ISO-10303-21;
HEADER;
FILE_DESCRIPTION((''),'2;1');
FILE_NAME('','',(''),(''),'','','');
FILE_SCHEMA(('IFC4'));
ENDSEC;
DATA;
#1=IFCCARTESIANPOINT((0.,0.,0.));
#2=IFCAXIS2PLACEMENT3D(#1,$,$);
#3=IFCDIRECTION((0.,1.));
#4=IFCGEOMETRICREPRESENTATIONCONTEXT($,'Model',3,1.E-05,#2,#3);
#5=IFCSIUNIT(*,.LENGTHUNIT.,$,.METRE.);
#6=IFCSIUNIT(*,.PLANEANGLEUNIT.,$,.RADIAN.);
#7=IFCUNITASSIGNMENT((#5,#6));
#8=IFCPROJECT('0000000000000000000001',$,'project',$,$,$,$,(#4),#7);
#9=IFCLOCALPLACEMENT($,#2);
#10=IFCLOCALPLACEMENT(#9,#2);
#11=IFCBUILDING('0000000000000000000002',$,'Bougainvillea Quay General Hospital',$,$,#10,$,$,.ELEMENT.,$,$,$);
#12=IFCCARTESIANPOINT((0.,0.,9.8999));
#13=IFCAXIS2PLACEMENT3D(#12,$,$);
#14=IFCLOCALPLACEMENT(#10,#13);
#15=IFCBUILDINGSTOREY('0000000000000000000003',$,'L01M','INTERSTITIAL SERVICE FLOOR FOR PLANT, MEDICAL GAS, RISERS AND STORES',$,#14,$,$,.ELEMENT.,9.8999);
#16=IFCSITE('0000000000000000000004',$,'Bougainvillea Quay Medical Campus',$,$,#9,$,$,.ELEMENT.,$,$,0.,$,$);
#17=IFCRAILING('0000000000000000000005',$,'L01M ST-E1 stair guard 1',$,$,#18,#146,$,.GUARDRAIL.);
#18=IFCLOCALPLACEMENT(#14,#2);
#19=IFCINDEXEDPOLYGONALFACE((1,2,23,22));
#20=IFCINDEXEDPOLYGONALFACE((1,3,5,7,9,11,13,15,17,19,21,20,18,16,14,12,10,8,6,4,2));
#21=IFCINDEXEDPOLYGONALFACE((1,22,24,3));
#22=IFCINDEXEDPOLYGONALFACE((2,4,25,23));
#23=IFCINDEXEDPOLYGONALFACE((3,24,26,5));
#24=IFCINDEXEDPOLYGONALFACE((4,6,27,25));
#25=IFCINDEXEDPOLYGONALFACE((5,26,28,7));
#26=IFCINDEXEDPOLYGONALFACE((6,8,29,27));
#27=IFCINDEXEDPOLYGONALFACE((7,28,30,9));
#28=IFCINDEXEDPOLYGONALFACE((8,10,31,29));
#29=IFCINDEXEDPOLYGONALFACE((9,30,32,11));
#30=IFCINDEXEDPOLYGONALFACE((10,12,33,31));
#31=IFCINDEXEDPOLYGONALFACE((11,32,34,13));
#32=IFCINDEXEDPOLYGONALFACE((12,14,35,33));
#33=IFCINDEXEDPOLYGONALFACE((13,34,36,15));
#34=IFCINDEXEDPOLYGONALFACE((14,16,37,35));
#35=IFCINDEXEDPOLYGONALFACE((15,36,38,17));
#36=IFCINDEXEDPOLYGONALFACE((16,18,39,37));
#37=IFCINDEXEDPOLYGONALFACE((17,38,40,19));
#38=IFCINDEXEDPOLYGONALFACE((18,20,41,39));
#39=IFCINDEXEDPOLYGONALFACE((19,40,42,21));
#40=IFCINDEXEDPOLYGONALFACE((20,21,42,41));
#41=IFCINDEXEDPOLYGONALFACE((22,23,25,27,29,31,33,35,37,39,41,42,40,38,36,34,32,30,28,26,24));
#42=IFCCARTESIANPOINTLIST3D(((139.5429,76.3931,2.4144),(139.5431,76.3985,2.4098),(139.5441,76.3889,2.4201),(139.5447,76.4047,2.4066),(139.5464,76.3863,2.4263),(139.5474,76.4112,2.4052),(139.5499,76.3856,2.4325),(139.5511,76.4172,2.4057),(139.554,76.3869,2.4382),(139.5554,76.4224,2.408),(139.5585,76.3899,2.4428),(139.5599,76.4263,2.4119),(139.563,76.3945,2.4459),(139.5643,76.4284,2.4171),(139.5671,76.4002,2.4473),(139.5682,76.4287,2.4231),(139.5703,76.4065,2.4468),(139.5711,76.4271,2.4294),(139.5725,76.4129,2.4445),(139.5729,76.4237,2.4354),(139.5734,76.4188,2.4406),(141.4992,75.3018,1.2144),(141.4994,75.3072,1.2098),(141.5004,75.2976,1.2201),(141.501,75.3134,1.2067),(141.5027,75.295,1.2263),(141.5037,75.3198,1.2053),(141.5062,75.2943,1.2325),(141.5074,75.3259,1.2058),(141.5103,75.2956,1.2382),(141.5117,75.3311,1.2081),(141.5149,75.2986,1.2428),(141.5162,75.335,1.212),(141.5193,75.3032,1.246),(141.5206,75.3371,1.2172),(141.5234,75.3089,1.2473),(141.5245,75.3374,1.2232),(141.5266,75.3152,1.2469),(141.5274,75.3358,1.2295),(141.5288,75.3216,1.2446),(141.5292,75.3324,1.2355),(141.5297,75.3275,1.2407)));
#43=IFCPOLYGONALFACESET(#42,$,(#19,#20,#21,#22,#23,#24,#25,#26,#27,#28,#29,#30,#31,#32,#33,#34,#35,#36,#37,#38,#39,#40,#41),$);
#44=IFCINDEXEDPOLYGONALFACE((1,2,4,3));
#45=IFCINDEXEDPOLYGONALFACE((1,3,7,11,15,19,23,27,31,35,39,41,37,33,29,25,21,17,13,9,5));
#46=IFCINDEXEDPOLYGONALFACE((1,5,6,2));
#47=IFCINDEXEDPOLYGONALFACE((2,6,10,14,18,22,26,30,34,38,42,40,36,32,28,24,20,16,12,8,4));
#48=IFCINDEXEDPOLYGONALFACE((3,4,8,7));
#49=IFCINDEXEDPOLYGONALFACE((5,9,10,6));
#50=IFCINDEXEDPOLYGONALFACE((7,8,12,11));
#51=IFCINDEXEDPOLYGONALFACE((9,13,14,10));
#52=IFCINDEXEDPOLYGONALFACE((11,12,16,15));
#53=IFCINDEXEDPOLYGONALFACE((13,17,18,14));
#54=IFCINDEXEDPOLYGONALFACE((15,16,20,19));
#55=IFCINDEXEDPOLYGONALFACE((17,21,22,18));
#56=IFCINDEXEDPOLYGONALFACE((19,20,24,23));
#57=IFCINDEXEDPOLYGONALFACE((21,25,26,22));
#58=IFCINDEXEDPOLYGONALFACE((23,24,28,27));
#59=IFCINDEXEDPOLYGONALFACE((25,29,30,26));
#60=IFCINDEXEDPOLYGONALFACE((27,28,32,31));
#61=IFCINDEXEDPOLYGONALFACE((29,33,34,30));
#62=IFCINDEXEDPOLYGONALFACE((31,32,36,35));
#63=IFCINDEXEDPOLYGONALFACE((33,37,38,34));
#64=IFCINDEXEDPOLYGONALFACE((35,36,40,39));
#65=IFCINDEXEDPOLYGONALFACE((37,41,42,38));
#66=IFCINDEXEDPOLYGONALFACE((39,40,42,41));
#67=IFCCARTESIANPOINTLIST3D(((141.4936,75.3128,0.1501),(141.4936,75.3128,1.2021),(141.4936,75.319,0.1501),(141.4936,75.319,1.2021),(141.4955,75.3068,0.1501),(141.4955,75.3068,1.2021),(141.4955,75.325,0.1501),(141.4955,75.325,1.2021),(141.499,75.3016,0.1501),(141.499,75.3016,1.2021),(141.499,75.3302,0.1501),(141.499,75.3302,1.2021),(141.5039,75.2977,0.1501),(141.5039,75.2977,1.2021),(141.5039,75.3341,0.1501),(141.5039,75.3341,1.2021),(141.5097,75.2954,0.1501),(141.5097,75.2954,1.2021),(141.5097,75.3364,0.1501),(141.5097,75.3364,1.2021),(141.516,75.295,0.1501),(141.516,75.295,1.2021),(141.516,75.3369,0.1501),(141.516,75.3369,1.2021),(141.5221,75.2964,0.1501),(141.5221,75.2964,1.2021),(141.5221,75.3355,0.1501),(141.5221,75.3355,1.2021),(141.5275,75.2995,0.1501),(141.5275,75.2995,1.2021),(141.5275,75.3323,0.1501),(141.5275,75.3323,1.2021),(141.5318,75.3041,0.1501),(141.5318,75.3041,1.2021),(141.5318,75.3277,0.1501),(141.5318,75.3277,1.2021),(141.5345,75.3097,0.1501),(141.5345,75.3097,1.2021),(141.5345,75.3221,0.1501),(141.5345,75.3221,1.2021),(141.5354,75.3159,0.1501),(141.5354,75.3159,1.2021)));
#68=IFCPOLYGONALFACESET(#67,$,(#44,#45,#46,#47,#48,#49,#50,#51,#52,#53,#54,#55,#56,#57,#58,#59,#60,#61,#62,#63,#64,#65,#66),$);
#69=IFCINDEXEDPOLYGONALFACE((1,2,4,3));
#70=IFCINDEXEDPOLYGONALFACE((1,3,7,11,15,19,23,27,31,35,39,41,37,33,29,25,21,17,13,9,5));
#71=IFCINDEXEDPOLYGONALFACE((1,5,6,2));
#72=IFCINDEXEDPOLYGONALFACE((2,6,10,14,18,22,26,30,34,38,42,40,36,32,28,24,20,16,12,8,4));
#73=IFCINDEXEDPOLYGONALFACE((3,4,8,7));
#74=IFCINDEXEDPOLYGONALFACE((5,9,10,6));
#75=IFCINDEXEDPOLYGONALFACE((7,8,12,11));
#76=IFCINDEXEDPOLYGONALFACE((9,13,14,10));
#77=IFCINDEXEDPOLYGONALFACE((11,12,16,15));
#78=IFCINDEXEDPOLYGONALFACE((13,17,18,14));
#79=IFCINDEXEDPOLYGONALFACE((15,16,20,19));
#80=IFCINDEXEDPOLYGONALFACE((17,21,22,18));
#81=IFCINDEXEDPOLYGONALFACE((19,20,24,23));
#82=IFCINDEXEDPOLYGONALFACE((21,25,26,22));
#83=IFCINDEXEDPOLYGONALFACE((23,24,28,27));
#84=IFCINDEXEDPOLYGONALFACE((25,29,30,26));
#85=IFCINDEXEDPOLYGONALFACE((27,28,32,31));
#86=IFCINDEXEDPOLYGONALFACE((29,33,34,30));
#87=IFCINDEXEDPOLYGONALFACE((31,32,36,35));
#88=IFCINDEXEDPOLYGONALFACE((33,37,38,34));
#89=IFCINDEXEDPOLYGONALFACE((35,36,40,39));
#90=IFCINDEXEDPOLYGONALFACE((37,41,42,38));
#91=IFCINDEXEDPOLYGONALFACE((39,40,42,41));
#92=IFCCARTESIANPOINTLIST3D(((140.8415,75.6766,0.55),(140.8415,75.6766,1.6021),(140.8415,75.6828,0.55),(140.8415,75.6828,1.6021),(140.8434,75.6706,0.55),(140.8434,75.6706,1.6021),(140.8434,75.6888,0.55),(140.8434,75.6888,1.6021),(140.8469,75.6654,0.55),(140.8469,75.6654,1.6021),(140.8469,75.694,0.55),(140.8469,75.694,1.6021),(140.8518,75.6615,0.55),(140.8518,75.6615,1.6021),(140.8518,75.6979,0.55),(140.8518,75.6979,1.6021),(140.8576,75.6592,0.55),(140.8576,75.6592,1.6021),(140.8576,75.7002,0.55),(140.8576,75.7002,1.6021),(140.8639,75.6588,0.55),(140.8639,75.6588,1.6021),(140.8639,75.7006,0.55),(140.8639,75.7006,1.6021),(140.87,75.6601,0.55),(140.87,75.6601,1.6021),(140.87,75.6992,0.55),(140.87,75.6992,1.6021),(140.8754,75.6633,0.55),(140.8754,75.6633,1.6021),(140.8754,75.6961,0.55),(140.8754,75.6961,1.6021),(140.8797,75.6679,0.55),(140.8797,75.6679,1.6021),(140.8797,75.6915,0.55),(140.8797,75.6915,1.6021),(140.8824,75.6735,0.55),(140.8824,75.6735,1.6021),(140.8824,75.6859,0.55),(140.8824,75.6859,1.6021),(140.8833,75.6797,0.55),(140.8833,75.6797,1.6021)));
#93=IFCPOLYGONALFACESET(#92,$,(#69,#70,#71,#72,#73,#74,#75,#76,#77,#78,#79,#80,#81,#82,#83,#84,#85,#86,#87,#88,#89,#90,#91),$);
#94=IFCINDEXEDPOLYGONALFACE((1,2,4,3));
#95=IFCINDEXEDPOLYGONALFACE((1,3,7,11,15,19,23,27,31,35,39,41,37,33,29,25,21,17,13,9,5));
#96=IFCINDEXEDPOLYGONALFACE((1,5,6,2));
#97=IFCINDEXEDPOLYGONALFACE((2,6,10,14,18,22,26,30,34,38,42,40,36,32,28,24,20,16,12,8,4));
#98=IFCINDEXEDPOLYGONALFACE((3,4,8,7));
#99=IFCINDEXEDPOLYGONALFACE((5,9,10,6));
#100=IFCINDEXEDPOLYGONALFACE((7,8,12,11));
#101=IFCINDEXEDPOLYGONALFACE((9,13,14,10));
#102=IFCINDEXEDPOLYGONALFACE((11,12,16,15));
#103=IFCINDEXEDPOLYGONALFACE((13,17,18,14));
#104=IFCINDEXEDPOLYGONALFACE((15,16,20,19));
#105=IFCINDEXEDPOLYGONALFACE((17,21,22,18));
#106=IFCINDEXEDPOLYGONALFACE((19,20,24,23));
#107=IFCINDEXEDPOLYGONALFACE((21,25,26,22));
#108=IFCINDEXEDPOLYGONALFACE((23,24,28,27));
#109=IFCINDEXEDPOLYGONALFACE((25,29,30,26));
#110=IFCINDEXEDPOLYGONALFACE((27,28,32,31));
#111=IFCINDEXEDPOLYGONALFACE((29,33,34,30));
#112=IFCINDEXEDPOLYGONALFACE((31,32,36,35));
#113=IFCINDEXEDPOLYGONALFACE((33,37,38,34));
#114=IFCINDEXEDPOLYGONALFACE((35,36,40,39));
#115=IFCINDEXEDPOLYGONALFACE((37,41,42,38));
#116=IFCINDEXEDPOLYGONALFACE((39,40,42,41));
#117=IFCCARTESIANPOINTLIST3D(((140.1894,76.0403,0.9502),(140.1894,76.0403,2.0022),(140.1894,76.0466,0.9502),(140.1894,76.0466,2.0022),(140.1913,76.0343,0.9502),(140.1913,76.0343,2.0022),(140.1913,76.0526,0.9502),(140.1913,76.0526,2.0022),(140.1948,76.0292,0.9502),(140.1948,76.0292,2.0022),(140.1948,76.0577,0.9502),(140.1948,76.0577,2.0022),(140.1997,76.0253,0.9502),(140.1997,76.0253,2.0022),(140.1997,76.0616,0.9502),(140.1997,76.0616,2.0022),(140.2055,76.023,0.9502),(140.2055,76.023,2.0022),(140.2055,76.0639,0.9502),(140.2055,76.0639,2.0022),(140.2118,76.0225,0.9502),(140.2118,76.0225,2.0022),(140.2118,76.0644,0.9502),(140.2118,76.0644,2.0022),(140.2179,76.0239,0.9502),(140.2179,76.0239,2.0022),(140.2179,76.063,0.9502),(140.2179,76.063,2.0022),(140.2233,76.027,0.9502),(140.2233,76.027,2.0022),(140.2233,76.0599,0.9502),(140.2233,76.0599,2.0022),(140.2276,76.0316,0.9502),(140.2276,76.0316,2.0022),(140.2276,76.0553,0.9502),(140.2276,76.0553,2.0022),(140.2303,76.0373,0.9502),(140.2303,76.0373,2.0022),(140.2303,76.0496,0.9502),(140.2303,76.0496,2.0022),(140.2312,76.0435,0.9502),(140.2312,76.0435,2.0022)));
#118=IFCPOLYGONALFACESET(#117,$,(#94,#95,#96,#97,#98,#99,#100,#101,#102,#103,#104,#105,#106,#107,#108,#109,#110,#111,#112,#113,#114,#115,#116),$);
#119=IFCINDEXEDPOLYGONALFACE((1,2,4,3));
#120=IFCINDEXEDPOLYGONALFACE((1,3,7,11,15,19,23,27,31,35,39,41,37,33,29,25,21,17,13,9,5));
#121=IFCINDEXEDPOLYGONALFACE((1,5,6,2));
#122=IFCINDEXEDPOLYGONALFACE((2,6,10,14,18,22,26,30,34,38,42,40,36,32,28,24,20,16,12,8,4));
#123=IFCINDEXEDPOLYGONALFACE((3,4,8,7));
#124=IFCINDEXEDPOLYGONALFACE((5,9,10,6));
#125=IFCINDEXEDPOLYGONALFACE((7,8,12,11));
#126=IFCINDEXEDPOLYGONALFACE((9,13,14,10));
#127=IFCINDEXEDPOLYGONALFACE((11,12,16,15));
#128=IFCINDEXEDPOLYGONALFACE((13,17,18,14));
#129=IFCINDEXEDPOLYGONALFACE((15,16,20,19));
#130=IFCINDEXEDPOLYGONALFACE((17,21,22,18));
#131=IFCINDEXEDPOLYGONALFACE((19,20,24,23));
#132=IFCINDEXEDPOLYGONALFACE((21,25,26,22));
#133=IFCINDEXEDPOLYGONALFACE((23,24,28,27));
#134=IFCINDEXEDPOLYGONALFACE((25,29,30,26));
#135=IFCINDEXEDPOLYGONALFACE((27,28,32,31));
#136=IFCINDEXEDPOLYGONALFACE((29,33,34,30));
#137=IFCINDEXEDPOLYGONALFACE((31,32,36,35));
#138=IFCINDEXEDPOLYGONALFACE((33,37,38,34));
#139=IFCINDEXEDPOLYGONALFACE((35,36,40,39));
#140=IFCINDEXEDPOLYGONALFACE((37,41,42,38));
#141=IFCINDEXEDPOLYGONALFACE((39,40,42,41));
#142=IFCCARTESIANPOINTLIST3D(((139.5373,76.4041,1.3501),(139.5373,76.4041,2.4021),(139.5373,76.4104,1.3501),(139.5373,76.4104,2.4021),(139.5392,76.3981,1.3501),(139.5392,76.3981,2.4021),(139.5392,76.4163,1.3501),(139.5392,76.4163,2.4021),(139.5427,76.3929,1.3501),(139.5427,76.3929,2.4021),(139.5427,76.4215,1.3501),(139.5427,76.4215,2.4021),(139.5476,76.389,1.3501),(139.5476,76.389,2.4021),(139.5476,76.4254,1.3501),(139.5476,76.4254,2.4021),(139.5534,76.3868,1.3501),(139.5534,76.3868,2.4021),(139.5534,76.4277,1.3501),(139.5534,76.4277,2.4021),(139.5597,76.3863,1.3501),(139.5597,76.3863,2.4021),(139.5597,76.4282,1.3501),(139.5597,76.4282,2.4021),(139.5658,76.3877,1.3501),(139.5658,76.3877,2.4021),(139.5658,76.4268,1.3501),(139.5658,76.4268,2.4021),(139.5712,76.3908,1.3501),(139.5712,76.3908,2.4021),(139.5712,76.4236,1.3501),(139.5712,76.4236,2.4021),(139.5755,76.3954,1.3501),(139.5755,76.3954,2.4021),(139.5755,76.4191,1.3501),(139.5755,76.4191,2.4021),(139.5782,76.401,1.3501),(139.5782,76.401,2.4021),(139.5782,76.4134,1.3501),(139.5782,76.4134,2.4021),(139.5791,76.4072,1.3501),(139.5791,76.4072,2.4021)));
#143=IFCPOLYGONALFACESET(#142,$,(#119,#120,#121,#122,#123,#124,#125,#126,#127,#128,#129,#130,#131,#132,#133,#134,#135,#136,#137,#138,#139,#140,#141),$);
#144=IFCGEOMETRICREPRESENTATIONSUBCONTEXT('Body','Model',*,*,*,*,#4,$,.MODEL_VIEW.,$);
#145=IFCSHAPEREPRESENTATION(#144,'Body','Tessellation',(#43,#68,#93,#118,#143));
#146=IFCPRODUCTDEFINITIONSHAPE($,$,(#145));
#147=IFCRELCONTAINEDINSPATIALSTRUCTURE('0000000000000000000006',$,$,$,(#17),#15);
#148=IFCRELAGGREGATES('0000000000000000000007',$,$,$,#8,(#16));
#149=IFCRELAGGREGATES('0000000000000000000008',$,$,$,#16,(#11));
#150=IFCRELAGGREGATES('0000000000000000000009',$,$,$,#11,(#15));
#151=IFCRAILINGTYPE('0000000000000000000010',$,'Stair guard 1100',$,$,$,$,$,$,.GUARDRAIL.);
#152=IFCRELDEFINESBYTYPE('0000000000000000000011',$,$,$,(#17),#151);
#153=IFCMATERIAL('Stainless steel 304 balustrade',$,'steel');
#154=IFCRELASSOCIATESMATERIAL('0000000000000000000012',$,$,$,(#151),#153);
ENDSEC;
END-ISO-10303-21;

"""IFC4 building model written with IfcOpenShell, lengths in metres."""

from ifc_helpers import new_model, si_unit, direction, frame, origin, origin_2d, place, context, subcontext, project, spatial, circle, extrude, material, type_object, element, save


model = new_model("IFC4")

# Units and contexts
model_context = context("Model", 3, precision=1e-05, world=origin(), true_north=direction((0.0, 1.0)))
body_context = subcontext(model_context, "Body", "Model", "MODEL_VIEW")
ifc_project = project(units=[si_unit("LENGTHUNIT", "METRE"), si_unit("PLANEANGLEUNIT", "RADIAN")], contexts=[model_context])

# Site, building, storey
site_placement = place(None, origin())
site = spatial("IfcSite", under=ifc_project, at=site_placement, Name="Bougainvillea Quay Medical Campus", CompositionType="ELEMENT", RefElevation=0.0)
building_placement = place(site_placement, origin())
building = spatial("IfcBuilding", under=site, at=building_placement, Name="Bougainvillea Quay General Hospital", CompositionType="ELEMENT")
storey_placement = place(building_placement, frame((0.0, 0.0, 9.8999)))
storey = spatial("IfcBuildingStorey", under=building, at=storey_placement, Name="L01M", Description="INTERSTITIAL SERVICE FLOOR FOR PLANT, MEDICAL GAS, RISERS AND STORES", CompositionType="ELEMENT", Elevation=9.8999)

# Railing
ifc_material_1 = material(Name="Stainless steel 304 balustrade", Category="steel")
railing_type_1 = type_object("IfcRailingType", Name="Stair guard 1100", PredefinedType="GUARDRAIL", material=ifc_material_1)
railing_1_placement = place(storey_placement, frame((141.5144, 75.3159, 0.1501)))
element("IfcRailing", 1, at=railing_1_placement, inside=storey, type_object=railing_type_1, Name="L01M ST-E1 stair guard 1", PredefinedType="GUARDRAIL", context=body_context, shape_type="SweptSolid", body=[
    extrude(circle(Radius=0.0239, at=origin_2d()), frame((0.0, 0.0, 1.0762), z_axis=(-0.769818, 0.429438, 0.47219), x_axis=(-0.487169, -0.873308, 0.0)), (0.0, 0.0, 1.0), 2.5413),
    extrude(circle(Radius=0.021, at=origin_2d()), origin(), (0.0, 0.0, 1.0), 1.052),
    extrude(circle(Radius=0.021, at=origin_2d()), frame((-0.6521, 0.3638, 0.3999)), (0.0, 0.0, 1.0), 1.052),
    extrude(circle(Radius=0.021, at=origin_2d()), frame((-1.3042, 0.7275, 0.8)), (0.0, 0.0, 1.0), 1.052),
    extrude(circle(Radius=0.021, at=origin_2d()), frame((-1.9563, 1.0913, 1.2)), (0.0, 0.0, 1.0), 1.052),
])

save(model, "model.ifc")
